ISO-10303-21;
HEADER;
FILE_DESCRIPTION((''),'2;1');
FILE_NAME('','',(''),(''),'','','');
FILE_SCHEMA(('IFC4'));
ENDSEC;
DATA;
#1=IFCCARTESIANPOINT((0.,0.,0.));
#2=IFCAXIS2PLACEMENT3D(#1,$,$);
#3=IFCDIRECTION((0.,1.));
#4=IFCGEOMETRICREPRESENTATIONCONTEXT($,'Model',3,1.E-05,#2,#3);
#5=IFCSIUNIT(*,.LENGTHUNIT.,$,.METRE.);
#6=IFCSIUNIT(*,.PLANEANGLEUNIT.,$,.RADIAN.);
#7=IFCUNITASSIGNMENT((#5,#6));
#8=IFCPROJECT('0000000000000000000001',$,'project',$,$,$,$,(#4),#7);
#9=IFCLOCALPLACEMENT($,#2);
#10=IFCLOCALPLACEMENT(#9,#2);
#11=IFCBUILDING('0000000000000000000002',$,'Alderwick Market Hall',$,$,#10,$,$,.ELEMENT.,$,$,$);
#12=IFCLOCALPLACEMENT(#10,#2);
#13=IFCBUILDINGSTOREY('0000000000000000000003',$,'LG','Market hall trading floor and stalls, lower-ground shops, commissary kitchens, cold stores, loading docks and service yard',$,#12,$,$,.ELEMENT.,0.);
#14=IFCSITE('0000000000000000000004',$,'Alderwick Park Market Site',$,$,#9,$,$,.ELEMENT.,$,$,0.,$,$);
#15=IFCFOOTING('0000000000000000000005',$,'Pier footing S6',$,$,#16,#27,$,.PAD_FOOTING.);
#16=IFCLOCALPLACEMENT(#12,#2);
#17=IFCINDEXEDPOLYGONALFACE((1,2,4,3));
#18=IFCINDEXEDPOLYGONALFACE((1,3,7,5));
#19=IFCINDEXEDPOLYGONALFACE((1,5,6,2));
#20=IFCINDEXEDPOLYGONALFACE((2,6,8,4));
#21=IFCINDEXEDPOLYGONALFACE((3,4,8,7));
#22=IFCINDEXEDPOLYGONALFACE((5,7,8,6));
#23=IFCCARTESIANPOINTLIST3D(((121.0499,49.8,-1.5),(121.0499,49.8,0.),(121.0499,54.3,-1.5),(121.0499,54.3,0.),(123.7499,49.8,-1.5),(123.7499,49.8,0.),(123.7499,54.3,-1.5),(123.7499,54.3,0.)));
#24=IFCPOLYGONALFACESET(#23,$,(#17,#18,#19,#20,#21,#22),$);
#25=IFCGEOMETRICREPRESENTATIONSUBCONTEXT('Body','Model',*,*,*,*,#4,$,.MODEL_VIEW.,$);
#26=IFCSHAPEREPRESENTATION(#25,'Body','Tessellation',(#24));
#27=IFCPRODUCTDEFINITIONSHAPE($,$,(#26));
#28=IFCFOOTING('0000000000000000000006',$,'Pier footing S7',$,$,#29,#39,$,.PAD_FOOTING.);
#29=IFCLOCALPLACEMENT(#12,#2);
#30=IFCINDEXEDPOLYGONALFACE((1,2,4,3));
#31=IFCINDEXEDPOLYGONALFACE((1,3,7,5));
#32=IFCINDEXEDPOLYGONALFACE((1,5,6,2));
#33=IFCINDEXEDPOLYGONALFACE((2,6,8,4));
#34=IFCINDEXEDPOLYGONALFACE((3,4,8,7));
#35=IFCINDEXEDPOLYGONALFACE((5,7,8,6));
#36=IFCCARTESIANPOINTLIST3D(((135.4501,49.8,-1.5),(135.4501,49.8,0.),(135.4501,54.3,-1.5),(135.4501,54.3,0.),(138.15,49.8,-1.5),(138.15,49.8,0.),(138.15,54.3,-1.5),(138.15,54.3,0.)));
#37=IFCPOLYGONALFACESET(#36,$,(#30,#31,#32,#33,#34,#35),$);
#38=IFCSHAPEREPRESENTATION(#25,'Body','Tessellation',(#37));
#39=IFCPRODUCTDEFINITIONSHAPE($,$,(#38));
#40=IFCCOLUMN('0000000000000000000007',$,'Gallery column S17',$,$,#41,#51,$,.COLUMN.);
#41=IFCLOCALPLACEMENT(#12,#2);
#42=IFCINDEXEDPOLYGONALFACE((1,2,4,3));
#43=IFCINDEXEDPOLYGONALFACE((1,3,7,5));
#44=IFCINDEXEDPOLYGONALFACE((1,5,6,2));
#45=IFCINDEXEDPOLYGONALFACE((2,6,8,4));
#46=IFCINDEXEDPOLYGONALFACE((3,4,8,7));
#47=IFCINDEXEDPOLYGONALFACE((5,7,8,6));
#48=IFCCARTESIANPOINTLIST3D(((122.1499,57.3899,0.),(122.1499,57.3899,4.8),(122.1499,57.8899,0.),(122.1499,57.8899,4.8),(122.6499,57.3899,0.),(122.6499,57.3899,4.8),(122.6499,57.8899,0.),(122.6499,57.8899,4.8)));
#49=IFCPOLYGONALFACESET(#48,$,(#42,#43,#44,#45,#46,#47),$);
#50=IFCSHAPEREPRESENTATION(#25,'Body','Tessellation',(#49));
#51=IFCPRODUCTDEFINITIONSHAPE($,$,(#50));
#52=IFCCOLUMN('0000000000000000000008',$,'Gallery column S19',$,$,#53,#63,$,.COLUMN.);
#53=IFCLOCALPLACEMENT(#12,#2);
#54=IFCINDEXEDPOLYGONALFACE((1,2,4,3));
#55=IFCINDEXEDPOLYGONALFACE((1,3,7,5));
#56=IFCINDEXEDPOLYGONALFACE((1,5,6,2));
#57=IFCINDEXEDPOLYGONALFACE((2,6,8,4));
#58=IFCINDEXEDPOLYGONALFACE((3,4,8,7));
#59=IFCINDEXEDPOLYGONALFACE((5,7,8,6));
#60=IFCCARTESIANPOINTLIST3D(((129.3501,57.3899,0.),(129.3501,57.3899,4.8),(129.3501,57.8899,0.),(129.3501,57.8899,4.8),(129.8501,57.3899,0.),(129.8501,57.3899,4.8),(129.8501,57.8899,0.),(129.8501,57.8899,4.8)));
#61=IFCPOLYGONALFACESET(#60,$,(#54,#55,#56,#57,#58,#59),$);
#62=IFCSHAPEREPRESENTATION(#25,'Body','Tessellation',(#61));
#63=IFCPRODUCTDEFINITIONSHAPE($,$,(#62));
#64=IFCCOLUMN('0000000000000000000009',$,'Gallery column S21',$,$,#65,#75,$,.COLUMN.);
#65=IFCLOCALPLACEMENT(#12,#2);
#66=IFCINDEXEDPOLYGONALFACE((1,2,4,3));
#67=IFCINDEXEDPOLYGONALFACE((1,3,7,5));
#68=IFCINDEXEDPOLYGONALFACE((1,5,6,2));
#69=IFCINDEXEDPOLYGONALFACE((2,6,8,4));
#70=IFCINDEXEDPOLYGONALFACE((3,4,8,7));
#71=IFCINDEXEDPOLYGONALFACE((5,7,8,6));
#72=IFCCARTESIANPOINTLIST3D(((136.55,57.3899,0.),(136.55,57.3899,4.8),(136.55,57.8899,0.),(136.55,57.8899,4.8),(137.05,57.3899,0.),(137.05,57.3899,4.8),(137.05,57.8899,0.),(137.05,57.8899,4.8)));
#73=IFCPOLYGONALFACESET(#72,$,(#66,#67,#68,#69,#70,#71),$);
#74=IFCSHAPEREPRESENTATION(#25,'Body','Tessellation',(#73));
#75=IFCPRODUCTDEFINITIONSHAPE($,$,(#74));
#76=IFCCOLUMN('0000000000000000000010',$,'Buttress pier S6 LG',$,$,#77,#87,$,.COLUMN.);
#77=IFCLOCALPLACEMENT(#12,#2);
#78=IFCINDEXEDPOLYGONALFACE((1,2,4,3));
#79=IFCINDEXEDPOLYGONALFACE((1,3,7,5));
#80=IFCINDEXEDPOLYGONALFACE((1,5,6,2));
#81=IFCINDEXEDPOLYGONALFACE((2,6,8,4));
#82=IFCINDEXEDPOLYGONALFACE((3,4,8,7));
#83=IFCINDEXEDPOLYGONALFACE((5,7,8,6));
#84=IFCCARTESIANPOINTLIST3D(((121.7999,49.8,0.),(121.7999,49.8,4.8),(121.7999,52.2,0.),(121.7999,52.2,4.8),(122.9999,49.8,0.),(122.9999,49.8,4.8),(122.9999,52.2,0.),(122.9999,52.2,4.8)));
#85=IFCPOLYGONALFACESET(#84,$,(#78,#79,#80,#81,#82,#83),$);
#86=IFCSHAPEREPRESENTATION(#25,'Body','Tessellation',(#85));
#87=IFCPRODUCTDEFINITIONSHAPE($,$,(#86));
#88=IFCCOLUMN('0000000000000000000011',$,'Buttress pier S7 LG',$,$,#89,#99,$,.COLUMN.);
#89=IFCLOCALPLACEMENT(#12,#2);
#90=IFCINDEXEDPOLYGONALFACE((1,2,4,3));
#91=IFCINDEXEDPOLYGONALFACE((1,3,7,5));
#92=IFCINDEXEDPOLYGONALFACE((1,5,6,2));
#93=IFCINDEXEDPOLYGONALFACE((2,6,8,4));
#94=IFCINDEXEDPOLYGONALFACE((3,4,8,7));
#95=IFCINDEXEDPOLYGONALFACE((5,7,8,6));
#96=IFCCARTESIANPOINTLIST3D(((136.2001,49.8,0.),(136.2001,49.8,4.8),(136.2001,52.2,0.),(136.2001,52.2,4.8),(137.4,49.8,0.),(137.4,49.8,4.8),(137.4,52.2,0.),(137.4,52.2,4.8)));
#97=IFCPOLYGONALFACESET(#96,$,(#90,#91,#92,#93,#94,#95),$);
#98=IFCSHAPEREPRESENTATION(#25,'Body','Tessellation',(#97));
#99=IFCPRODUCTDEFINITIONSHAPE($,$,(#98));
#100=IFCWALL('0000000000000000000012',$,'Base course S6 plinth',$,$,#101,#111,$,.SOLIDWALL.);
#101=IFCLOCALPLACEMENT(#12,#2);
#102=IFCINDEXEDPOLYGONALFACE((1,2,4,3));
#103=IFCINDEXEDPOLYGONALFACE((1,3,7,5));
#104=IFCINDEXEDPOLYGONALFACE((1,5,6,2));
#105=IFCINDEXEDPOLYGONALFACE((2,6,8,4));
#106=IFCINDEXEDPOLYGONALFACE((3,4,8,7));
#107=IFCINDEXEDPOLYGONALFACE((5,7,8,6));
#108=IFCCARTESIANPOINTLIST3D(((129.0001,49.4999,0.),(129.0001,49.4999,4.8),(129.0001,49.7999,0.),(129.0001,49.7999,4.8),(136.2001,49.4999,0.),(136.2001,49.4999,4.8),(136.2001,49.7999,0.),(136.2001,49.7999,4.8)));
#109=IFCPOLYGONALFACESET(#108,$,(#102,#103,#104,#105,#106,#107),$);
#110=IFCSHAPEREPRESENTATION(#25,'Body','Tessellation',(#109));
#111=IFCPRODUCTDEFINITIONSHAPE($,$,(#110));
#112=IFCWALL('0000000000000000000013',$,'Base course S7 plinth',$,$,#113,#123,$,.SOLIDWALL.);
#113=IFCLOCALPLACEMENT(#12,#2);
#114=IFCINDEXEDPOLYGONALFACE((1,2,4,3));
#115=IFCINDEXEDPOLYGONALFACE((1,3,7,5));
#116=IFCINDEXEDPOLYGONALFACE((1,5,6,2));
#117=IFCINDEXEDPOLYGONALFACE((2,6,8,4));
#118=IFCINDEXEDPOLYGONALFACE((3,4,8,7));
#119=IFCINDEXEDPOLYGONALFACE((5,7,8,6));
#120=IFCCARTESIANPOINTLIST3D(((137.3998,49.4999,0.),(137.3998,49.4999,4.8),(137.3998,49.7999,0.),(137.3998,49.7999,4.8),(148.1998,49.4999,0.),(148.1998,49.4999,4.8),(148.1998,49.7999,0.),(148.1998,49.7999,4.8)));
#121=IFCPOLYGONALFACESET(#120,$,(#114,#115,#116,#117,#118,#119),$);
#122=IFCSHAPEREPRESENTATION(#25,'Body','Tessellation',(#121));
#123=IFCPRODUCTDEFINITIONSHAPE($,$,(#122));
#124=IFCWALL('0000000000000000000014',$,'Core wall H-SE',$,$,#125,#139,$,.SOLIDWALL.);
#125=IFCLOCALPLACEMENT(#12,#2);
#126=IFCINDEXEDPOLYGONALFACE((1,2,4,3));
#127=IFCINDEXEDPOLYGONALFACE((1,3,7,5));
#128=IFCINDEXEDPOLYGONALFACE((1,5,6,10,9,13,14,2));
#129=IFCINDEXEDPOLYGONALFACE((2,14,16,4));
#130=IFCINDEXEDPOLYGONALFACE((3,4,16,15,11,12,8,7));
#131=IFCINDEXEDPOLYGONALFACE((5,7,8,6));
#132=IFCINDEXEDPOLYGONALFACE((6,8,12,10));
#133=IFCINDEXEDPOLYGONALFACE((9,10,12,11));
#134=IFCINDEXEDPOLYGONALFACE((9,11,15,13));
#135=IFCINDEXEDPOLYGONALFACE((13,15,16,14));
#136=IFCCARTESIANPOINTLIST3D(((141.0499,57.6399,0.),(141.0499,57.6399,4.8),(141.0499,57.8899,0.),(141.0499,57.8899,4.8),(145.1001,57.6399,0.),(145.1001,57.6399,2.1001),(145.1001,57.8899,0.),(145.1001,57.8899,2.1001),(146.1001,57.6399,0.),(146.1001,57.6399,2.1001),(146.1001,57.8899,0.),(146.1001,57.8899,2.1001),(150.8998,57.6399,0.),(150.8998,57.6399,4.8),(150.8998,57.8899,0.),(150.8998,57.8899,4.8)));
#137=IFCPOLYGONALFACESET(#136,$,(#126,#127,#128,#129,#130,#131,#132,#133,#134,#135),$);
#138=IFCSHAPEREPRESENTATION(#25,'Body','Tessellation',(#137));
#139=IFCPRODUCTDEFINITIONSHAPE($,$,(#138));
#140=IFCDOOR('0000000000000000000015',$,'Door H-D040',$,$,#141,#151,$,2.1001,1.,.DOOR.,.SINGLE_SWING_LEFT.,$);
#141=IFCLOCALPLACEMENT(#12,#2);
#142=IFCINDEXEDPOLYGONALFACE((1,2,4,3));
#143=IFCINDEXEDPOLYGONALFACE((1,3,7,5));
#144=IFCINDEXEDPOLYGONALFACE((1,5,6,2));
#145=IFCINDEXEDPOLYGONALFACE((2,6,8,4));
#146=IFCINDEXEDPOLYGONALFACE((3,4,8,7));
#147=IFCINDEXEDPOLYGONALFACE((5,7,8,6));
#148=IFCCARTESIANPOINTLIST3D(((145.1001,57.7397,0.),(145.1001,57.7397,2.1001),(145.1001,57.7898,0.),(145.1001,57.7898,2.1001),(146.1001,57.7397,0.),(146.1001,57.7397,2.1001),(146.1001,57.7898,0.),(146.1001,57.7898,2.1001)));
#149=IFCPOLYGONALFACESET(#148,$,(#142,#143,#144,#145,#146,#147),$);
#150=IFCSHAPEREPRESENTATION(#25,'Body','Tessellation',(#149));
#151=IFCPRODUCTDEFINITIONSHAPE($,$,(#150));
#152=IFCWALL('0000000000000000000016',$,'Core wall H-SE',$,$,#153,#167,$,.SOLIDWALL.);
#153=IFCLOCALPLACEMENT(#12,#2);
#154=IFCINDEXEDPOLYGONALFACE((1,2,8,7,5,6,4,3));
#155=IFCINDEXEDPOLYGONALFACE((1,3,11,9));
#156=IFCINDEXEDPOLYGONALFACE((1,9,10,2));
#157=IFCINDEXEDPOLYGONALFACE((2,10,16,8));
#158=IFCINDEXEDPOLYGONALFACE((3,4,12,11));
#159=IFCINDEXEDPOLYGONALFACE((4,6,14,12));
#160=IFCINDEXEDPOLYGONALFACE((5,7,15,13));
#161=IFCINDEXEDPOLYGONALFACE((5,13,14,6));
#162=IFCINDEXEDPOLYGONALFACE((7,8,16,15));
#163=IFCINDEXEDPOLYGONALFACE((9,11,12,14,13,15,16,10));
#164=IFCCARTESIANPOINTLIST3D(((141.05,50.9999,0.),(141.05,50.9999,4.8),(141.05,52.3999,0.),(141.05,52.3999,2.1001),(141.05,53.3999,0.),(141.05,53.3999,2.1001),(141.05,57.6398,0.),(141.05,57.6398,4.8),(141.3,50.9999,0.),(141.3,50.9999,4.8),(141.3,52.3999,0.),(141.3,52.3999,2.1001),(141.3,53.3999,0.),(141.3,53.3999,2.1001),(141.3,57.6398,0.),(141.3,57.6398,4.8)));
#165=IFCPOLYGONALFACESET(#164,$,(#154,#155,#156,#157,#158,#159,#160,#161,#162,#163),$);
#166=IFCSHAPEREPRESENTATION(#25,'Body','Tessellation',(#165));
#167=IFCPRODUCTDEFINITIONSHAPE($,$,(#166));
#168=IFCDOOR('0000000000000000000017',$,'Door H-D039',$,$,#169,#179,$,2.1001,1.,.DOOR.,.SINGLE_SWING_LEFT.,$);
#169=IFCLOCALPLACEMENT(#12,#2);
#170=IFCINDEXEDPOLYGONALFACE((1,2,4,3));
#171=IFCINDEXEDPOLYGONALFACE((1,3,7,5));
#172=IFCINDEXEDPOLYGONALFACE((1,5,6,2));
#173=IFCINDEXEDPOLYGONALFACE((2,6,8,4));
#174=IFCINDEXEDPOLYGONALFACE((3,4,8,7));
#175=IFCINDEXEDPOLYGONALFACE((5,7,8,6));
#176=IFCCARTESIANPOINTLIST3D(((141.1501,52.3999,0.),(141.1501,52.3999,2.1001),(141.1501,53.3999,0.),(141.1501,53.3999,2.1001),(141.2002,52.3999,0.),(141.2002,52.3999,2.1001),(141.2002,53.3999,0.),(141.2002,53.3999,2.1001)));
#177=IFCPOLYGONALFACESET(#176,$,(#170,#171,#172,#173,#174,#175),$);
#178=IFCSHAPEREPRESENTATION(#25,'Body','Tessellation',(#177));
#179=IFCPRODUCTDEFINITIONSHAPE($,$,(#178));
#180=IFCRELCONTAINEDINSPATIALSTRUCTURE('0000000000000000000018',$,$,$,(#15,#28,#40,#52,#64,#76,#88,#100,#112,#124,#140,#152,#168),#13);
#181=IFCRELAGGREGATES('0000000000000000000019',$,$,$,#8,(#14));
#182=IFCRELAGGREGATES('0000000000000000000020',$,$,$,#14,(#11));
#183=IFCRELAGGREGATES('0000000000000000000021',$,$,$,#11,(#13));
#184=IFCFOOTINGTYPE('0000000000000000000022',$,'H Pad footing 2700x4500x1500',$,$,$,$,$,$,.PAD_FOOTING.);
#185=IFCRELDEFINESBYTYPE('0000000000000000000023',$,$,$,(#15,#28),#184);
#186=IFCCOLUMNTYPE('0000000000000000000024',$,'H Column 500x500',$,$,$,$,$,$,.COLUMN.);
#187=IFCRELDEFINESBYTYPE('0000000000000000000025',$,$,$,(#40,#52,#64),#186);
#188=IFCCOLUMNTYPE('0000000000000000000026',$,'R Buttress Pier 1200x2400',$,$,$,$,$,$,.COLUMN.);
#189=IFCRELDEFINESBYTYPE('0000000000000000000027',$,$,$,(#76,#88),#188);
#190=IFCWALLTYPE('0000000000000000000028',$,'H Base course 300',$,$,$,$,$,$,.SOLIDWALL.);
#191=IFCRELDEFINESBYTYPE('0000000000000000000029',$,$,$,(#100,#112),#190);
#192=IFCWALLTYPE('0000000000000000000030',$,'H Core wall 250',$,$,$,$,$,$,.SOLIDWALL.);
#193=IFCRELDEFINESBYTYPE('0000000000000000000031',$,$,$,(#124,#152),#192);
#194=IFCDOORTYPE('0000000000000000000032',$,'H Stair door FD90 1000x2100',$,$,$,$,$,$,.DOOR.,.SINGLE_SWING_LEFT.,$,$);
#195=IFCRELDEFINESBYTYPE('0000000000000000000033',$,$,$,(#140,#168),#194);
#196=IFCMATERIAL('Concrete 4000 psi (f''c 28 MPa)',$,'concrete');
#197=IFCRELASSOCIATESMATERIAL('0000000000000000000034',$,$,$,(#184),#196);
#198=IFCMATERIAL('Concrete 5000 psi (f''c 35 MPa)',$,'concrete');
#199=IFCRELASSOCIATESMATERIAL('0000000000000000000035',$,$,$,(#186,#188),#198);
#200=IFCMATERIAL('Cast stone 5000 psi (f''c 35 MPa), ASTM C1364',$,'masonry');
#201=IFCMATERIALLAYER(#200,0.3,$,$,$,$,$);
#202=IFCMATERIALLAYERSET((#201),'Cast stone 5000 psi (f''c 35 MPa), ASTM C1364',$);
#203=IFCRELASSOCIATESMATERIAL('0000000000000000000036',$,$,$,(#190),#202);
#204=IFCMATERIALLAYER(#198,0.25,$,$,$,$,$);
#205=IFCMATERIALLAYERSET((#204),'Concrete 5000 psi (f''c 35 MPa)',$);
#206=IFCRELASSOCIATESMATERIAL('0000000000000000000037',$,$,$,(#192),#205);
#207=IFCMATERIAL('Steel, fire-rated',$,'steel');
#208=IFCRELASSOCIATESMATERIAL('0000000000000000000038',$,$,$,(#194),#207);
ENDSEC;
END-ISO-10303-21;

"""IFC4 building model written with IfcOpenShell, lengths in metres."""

from ifc_helpers import new_model, si_unit, direction, frame, frame_2d, origin, origin_2d, place, context, subcontext, project, spatial, rectangle, extrude, material, layer, layer_set, material_profile, profile_set, type_object, element, fill, save


model = new_model("IFC4")

# Units and contexts
model_context = context("Model", 3, precision=1e-05, world=origin(), true_north=direction((0.0, 1.0)))
body_context = subcontext(model_context, "Body", "Model", "MODEL_VIEW")
ifc_project = project(units=[si_unit("LENGTHUNIT", "METRE"), si_unit("PLANEANGLEUNIT", "RADIAN")], contexts=[model_context])

# Site, building, storey
site_placement = place(None, origin())
site = spatial("IfcSite", under=ifc_project, at=site_placement, Name="Alderwick Park Market Site", CompositionType="ELEMENT", RefElevation=0.0)
building_placement = place(site_placement, origin())
building = spatial("IfcBuilding", under=site, at=building_placement, Name="Alderwick Market Hall", CompositionType="ELEMENT")
storey_placement = place(building_placement, origin())
storey = spatial("IfcBuildingStorey", under=building, at=storey_placement, Name="LG", Description="Market hall trading floor and stalls, lower-ground shops, commissary kitchens, cold stores, loading docks and service yard", CompositionType="ELEMENT", Elevation=0.0)

# Footings
ifc_material_1 = material(Name="Concrete 4000 psi (f'c 28 MPa)", Category="concrete")
footing_type = type_object("IfcFootingType", Name="H Pad footing 2700x4500x1500", PredefinedType="PAD_FOOTING", material=ifc_material_1)
for number, where, z_axis, x_axis, name in (
    (1, (122.3999, 52.05, -1.5), (0.0, 0.0, 1.0), (1.0, 0.0, 0.0), "Pier footing S6"),
    (2, (136.8, 52.05, -1.5), (0.0, 0.0, 1.0), (1.0, 0.0, 0.0), "Pier footing S7"),
):
    element("IfcFooting", number, at=place(storey_placement, frame(where, z_axis=z_axis, x_axis=x_axis)), inside=storey, type_object=footing_type, Name=name, PredefinedType="PAD_FOOTING", context=body_context, shape_type="SweptSolid", body=[
        extrude(rectangle(XDim=2.7, YDim=4.5, at=origin_2d()), origin(), (0.0, 0.0, 1.0), 1.5),
    ])

# Columns
ifc_material_2 = material(Name="Concrete 5000 psi (f'c 35 MPa)", Category="concrete")
ifc_material_profile_1 = material_profile(ifc_material_2, rectangle(XDim=0.5, YDim=0.5, at=origin_2d()), Name="RC 500x500")
ifc_profile_set_1 = profile_set([ifc_material_profile_1], Name="Concrete 5000 psi (f'c 35 MPa)")
column_type_1 = type_object("IfcColumnType", Name="H Column 500x500", PredefinedType="COLUMN", material=ifc_profile_set_1)
for number, where, z_axis, x_axis, name in (
    (3, (122.3999, 57.6399, 0.0), (0.0, 0.0, 1.0), (1.0, 0.0, 0.0), "Gallery column S17"),
    (4, (129.6001, 57.6399, 0.0), (0.0, 0.0, 1.0), (1.0, 0.0, 0.0), "Gallery column S19"),
    (5, (136.8, 57.6399, 0.0), (0.0, 0.0, 1.0), (1.0, 0.0, 0.0), "Gallery column S21"),
):
    element("IfcColumn", number, at=place(storey_placement, frame(where, z_axis=z_axis, x_axis=x_axis)), inside=storey, type_object=column_type_1, Name=name, PredefinedType="COLUMN", context=body_context, shape_type="SweptSolid", body=[
        extrude(rectangle(XDim=0.5, YDim=0.5, at=origin_2d()), origin(), (0.0, 0.0, 1.0), 4.8),
    ])
ifc_material_profile_2 = material_profile(ifc_material_2, rectangle(XDim=1.2, YDim=2.3999, at=origin_2d()), Name="RC 1200x2400")
ifc_profile_set_2 = profile_set([ifc_material_profile_2], Name="Concrete 5000 psi (f'c 35 MPa)")
column_type_2 = type_object("IfcColumnType", Name="R Buttress Pier 1200x2400", PredefinedType="COLUMN", material=ifc_profile_set_2)
for number, where, z_axis, x_axis, name in (
    (6, (122.3999, 51.0, 0.0), (0.0, 0.0, 1.0), (1.0, 0.0, 0.0), "Buttress pier S6 LG"),
    (7, (136.8, 51.0, 0.0), (0.0, 0.0, 1.0), (1.0, 0.0, 0.0), "Buttress pier S7 LG"),
):
    element("IfcColumn", number, at=place(storey_placement, frame(where, z_axis=z_axis, x_axis=x_axis)), inside=storey, type_object=column_type_2, Name=name, PredefinedType="COLUMN", context=body_context, shape_type="SweptSolid", body=[
        extrude(rectangle(XDim=1.2, YDim=2.3999, at=origin_2d()), origin(), (0.0, 0.0, 1.0), 4.8),
    ])

# Walls
ifc_material_3 = material(Name="Cast stone 5000 psi (f'c 35 MPa), ASTM C1364", Category="masonry")
ifc_layer_1 = layer(ifc_material_3, 0.3)
ifc_layer_set_1 = layer_set([ifc_layer_1], Name="Cast stone 5000 psi (f'c 35 MPa), ASTM C1364")
wall_type_1 = type_object("IfcWallType", Name="H Base course 300", PredefinedType="SOLIDWALL", material=ifc_layer_set_1)
wall_1_placement = place(storey_placement, frame((129.0, 49.6499, 0.0), z_axis=(0.0, 0.0, 1.0), x_axis=(1.0, 0.0, 0.0)))
element("IfcWall", 8, at=wall_1_placement, inside=storey, type_object=wall_type_1, Name="Base course S6 plinth", PredefinedType="SOLIDWALL", context=body_context, shape_type="SweptSolid", body=[
    extrude(rectangle(XDim=7.2, YDim=0.3, at=frame_2d((3.6001, 0.0))), origin(), (0.0, 0.0, 1.0), 4.8),
])
wall_2_placement = place(storey_placement, frame((137.3999, 49.6499, 0.0), z_axis=(0.0, 0.0, 1.0), x_axis=(1.0, 0.0, 0.0)))
element("IfcWall", 9, at=wall_2_placement, inside=storey, type_object=wall_type_1, Name="Base course S7 plinth", PredefinedType="SOLIDWALL", context=body_context, shape_type="SweptSolid", body=[
    extrude(rectangle(XDim=10.8, YDim=0.3, at=frame_2d((5.3999, 0.0))), origin(), (0.0, 0.0, 1.0), 4.8),
])

# Walls, openings, doors
ifc_layer_2 = layer(ifc_material_2, 0.25)
ifc_layer_set_2 = layer_set([ifc_layer_2], Name="Concrete 5000 psi (f'c 35 MPa)")
wall_type_2 = type_object("IfcWallType", Name="H Core wall 250", PredefinedType="SOLIDWALL", material=ifc_layer_set_2)
wall_3_placement = place(storey_placement, frame((141.05, 57.7649, 0.0), z_axis=(0.0, 0.0, 1.0), x_axis=(1.0, 0.0, 0.0)))
wall_3 = element("IfcWall", 10, at=wall_3_placement, inside=storey, type_object=wall_type_2, Name="Core wall H-SE", PredefinedType="SOLIDWALL", context=body_context, shape_type="SweptSolid", body=[
    extrude(rectangle(XDim=9.8499, YDim=0.25, at=frame_2d((4.9248, 0.0))), origin(), (0.0, 0.0, 1.0), 4.8),
])
opening_1_placement = place(wall_3_placement, frame((4.05, 0.0, 0.0)))
opening_1 = element("IfcOpeningElement", 11, at=opening_1_placement, cuts=wall_3, PredefinedType="OPENING", context=body_context, shape_type="SweptSolid", body=[
    extrude(rectangle(XDim=1.0, YDim=2.1001, at=frame_2d((0.5, 1.05))), frame((0.0, 0.135, 0.0), z_axis=(0.0, -1.0, 0.0), x_axis=(1.0, 0.0, 0.0)), (0.0, 0.0, 1.0), 0.27),
])
ifc_material_4 = material(Name="Steel, fire-rated", Category="steel")
door_type_1 = type_object("IfcDoorType", Name="H Stair door FD90 1000x2100", OperationType="SINGLE_SWING_LEFT", PredefinedType="DOOR", material=ifc_material_4)
door_1_placement = place(opening_1_placement, origin())
door_1 = element("IfcDoor", 12, at=door_1_placement, inside=storey, type_object=door_type_1, Name="Door H-D040", OperationType="SINGLE_SWING_LEFT", OverallHeight=2.1001, OverallWidth=1.0, PredefinedType="DOOR", context=body_context, shape_type="SweptSolid", body=[
    extrude(rectangle(XDim=1.0, YDim=2.1001, at=frame_2d((0.5, 1.05))), frame((0.0, 0.0249, 0.0), z_axis=(0.0, -1.0, 0.0), x_axis=(1.0, 0.0, 0.0)), (0.0, 0.0, 1.0), 0.05),
])
fill(opening_1, door_1)
wall_4_placement = place(storey_placement, frame((141.175, 51.0, 0.0), z_axis=(0.0, 0.0, 1.0), x_axis=(0.0, 1.0, 0.0)))
wall_4 = element("IfcWall", 13, at=wall_4_placement, inside=storey, type_object=wall_type_2, Name="Core wall H-SE", PredefinedType="SOLIDWALL", context=body_context, shape_type="SweptSolid", body=[
    extrude(rectangle(XDim=6.6399, YDim=0.25, at=frame_2d((3.3198, 0.0))), origin(), (0.0, 0.0, 1.0), 4.8),
])
opening_2_placement = place(wall_4_placement, frame((1.3999, 0.0, 0.0)))
opening_2 = element("IfcOpeningElement", 14, at=opening_2_placement, cuts=wall_4, PredefinedType="OPENING", context=body_context, shape_type="SweptSolid", body=[
    extrude(rectangle(XDim=1.0, YDim=2.1001, at=frame_2d((0.5, 1.05))), frame((0.0, 0.135, 0.0), z_axis=(0.0, -1.0, 0.0), x_axis=(1.0, 0.0, 0.0)), (0.0, 0.0, 1.0), 0.27),
])
door_2_placement = place(opening_2_placement, origin())
door_2 = element("IfcDoor", 15, at=door_2_placement, inside=storey, type_object=door_type_1, Name="Door H-D039", OperationType="SINGLE_SWING_LEFT", OverallHeight=2.1001, OverallWidth=1.0, PredefinedType="DOOR", context=body_context, shape_type="SweptSolid", body=[
    extrude(rectangle(XDim=1.0, YDim=2.1001, at=frame_2d((0.5, 1.05))), frame((0.0, 0.0249, 0.0), z_axis=(0.0, -1.0, 0.0), x_axis=(1.0, 0.0, 0.0)), (0.0, 0.0, 1.0), 0.05),
])
fill(opening_2, door_2)

save(model, "model.ifc")
